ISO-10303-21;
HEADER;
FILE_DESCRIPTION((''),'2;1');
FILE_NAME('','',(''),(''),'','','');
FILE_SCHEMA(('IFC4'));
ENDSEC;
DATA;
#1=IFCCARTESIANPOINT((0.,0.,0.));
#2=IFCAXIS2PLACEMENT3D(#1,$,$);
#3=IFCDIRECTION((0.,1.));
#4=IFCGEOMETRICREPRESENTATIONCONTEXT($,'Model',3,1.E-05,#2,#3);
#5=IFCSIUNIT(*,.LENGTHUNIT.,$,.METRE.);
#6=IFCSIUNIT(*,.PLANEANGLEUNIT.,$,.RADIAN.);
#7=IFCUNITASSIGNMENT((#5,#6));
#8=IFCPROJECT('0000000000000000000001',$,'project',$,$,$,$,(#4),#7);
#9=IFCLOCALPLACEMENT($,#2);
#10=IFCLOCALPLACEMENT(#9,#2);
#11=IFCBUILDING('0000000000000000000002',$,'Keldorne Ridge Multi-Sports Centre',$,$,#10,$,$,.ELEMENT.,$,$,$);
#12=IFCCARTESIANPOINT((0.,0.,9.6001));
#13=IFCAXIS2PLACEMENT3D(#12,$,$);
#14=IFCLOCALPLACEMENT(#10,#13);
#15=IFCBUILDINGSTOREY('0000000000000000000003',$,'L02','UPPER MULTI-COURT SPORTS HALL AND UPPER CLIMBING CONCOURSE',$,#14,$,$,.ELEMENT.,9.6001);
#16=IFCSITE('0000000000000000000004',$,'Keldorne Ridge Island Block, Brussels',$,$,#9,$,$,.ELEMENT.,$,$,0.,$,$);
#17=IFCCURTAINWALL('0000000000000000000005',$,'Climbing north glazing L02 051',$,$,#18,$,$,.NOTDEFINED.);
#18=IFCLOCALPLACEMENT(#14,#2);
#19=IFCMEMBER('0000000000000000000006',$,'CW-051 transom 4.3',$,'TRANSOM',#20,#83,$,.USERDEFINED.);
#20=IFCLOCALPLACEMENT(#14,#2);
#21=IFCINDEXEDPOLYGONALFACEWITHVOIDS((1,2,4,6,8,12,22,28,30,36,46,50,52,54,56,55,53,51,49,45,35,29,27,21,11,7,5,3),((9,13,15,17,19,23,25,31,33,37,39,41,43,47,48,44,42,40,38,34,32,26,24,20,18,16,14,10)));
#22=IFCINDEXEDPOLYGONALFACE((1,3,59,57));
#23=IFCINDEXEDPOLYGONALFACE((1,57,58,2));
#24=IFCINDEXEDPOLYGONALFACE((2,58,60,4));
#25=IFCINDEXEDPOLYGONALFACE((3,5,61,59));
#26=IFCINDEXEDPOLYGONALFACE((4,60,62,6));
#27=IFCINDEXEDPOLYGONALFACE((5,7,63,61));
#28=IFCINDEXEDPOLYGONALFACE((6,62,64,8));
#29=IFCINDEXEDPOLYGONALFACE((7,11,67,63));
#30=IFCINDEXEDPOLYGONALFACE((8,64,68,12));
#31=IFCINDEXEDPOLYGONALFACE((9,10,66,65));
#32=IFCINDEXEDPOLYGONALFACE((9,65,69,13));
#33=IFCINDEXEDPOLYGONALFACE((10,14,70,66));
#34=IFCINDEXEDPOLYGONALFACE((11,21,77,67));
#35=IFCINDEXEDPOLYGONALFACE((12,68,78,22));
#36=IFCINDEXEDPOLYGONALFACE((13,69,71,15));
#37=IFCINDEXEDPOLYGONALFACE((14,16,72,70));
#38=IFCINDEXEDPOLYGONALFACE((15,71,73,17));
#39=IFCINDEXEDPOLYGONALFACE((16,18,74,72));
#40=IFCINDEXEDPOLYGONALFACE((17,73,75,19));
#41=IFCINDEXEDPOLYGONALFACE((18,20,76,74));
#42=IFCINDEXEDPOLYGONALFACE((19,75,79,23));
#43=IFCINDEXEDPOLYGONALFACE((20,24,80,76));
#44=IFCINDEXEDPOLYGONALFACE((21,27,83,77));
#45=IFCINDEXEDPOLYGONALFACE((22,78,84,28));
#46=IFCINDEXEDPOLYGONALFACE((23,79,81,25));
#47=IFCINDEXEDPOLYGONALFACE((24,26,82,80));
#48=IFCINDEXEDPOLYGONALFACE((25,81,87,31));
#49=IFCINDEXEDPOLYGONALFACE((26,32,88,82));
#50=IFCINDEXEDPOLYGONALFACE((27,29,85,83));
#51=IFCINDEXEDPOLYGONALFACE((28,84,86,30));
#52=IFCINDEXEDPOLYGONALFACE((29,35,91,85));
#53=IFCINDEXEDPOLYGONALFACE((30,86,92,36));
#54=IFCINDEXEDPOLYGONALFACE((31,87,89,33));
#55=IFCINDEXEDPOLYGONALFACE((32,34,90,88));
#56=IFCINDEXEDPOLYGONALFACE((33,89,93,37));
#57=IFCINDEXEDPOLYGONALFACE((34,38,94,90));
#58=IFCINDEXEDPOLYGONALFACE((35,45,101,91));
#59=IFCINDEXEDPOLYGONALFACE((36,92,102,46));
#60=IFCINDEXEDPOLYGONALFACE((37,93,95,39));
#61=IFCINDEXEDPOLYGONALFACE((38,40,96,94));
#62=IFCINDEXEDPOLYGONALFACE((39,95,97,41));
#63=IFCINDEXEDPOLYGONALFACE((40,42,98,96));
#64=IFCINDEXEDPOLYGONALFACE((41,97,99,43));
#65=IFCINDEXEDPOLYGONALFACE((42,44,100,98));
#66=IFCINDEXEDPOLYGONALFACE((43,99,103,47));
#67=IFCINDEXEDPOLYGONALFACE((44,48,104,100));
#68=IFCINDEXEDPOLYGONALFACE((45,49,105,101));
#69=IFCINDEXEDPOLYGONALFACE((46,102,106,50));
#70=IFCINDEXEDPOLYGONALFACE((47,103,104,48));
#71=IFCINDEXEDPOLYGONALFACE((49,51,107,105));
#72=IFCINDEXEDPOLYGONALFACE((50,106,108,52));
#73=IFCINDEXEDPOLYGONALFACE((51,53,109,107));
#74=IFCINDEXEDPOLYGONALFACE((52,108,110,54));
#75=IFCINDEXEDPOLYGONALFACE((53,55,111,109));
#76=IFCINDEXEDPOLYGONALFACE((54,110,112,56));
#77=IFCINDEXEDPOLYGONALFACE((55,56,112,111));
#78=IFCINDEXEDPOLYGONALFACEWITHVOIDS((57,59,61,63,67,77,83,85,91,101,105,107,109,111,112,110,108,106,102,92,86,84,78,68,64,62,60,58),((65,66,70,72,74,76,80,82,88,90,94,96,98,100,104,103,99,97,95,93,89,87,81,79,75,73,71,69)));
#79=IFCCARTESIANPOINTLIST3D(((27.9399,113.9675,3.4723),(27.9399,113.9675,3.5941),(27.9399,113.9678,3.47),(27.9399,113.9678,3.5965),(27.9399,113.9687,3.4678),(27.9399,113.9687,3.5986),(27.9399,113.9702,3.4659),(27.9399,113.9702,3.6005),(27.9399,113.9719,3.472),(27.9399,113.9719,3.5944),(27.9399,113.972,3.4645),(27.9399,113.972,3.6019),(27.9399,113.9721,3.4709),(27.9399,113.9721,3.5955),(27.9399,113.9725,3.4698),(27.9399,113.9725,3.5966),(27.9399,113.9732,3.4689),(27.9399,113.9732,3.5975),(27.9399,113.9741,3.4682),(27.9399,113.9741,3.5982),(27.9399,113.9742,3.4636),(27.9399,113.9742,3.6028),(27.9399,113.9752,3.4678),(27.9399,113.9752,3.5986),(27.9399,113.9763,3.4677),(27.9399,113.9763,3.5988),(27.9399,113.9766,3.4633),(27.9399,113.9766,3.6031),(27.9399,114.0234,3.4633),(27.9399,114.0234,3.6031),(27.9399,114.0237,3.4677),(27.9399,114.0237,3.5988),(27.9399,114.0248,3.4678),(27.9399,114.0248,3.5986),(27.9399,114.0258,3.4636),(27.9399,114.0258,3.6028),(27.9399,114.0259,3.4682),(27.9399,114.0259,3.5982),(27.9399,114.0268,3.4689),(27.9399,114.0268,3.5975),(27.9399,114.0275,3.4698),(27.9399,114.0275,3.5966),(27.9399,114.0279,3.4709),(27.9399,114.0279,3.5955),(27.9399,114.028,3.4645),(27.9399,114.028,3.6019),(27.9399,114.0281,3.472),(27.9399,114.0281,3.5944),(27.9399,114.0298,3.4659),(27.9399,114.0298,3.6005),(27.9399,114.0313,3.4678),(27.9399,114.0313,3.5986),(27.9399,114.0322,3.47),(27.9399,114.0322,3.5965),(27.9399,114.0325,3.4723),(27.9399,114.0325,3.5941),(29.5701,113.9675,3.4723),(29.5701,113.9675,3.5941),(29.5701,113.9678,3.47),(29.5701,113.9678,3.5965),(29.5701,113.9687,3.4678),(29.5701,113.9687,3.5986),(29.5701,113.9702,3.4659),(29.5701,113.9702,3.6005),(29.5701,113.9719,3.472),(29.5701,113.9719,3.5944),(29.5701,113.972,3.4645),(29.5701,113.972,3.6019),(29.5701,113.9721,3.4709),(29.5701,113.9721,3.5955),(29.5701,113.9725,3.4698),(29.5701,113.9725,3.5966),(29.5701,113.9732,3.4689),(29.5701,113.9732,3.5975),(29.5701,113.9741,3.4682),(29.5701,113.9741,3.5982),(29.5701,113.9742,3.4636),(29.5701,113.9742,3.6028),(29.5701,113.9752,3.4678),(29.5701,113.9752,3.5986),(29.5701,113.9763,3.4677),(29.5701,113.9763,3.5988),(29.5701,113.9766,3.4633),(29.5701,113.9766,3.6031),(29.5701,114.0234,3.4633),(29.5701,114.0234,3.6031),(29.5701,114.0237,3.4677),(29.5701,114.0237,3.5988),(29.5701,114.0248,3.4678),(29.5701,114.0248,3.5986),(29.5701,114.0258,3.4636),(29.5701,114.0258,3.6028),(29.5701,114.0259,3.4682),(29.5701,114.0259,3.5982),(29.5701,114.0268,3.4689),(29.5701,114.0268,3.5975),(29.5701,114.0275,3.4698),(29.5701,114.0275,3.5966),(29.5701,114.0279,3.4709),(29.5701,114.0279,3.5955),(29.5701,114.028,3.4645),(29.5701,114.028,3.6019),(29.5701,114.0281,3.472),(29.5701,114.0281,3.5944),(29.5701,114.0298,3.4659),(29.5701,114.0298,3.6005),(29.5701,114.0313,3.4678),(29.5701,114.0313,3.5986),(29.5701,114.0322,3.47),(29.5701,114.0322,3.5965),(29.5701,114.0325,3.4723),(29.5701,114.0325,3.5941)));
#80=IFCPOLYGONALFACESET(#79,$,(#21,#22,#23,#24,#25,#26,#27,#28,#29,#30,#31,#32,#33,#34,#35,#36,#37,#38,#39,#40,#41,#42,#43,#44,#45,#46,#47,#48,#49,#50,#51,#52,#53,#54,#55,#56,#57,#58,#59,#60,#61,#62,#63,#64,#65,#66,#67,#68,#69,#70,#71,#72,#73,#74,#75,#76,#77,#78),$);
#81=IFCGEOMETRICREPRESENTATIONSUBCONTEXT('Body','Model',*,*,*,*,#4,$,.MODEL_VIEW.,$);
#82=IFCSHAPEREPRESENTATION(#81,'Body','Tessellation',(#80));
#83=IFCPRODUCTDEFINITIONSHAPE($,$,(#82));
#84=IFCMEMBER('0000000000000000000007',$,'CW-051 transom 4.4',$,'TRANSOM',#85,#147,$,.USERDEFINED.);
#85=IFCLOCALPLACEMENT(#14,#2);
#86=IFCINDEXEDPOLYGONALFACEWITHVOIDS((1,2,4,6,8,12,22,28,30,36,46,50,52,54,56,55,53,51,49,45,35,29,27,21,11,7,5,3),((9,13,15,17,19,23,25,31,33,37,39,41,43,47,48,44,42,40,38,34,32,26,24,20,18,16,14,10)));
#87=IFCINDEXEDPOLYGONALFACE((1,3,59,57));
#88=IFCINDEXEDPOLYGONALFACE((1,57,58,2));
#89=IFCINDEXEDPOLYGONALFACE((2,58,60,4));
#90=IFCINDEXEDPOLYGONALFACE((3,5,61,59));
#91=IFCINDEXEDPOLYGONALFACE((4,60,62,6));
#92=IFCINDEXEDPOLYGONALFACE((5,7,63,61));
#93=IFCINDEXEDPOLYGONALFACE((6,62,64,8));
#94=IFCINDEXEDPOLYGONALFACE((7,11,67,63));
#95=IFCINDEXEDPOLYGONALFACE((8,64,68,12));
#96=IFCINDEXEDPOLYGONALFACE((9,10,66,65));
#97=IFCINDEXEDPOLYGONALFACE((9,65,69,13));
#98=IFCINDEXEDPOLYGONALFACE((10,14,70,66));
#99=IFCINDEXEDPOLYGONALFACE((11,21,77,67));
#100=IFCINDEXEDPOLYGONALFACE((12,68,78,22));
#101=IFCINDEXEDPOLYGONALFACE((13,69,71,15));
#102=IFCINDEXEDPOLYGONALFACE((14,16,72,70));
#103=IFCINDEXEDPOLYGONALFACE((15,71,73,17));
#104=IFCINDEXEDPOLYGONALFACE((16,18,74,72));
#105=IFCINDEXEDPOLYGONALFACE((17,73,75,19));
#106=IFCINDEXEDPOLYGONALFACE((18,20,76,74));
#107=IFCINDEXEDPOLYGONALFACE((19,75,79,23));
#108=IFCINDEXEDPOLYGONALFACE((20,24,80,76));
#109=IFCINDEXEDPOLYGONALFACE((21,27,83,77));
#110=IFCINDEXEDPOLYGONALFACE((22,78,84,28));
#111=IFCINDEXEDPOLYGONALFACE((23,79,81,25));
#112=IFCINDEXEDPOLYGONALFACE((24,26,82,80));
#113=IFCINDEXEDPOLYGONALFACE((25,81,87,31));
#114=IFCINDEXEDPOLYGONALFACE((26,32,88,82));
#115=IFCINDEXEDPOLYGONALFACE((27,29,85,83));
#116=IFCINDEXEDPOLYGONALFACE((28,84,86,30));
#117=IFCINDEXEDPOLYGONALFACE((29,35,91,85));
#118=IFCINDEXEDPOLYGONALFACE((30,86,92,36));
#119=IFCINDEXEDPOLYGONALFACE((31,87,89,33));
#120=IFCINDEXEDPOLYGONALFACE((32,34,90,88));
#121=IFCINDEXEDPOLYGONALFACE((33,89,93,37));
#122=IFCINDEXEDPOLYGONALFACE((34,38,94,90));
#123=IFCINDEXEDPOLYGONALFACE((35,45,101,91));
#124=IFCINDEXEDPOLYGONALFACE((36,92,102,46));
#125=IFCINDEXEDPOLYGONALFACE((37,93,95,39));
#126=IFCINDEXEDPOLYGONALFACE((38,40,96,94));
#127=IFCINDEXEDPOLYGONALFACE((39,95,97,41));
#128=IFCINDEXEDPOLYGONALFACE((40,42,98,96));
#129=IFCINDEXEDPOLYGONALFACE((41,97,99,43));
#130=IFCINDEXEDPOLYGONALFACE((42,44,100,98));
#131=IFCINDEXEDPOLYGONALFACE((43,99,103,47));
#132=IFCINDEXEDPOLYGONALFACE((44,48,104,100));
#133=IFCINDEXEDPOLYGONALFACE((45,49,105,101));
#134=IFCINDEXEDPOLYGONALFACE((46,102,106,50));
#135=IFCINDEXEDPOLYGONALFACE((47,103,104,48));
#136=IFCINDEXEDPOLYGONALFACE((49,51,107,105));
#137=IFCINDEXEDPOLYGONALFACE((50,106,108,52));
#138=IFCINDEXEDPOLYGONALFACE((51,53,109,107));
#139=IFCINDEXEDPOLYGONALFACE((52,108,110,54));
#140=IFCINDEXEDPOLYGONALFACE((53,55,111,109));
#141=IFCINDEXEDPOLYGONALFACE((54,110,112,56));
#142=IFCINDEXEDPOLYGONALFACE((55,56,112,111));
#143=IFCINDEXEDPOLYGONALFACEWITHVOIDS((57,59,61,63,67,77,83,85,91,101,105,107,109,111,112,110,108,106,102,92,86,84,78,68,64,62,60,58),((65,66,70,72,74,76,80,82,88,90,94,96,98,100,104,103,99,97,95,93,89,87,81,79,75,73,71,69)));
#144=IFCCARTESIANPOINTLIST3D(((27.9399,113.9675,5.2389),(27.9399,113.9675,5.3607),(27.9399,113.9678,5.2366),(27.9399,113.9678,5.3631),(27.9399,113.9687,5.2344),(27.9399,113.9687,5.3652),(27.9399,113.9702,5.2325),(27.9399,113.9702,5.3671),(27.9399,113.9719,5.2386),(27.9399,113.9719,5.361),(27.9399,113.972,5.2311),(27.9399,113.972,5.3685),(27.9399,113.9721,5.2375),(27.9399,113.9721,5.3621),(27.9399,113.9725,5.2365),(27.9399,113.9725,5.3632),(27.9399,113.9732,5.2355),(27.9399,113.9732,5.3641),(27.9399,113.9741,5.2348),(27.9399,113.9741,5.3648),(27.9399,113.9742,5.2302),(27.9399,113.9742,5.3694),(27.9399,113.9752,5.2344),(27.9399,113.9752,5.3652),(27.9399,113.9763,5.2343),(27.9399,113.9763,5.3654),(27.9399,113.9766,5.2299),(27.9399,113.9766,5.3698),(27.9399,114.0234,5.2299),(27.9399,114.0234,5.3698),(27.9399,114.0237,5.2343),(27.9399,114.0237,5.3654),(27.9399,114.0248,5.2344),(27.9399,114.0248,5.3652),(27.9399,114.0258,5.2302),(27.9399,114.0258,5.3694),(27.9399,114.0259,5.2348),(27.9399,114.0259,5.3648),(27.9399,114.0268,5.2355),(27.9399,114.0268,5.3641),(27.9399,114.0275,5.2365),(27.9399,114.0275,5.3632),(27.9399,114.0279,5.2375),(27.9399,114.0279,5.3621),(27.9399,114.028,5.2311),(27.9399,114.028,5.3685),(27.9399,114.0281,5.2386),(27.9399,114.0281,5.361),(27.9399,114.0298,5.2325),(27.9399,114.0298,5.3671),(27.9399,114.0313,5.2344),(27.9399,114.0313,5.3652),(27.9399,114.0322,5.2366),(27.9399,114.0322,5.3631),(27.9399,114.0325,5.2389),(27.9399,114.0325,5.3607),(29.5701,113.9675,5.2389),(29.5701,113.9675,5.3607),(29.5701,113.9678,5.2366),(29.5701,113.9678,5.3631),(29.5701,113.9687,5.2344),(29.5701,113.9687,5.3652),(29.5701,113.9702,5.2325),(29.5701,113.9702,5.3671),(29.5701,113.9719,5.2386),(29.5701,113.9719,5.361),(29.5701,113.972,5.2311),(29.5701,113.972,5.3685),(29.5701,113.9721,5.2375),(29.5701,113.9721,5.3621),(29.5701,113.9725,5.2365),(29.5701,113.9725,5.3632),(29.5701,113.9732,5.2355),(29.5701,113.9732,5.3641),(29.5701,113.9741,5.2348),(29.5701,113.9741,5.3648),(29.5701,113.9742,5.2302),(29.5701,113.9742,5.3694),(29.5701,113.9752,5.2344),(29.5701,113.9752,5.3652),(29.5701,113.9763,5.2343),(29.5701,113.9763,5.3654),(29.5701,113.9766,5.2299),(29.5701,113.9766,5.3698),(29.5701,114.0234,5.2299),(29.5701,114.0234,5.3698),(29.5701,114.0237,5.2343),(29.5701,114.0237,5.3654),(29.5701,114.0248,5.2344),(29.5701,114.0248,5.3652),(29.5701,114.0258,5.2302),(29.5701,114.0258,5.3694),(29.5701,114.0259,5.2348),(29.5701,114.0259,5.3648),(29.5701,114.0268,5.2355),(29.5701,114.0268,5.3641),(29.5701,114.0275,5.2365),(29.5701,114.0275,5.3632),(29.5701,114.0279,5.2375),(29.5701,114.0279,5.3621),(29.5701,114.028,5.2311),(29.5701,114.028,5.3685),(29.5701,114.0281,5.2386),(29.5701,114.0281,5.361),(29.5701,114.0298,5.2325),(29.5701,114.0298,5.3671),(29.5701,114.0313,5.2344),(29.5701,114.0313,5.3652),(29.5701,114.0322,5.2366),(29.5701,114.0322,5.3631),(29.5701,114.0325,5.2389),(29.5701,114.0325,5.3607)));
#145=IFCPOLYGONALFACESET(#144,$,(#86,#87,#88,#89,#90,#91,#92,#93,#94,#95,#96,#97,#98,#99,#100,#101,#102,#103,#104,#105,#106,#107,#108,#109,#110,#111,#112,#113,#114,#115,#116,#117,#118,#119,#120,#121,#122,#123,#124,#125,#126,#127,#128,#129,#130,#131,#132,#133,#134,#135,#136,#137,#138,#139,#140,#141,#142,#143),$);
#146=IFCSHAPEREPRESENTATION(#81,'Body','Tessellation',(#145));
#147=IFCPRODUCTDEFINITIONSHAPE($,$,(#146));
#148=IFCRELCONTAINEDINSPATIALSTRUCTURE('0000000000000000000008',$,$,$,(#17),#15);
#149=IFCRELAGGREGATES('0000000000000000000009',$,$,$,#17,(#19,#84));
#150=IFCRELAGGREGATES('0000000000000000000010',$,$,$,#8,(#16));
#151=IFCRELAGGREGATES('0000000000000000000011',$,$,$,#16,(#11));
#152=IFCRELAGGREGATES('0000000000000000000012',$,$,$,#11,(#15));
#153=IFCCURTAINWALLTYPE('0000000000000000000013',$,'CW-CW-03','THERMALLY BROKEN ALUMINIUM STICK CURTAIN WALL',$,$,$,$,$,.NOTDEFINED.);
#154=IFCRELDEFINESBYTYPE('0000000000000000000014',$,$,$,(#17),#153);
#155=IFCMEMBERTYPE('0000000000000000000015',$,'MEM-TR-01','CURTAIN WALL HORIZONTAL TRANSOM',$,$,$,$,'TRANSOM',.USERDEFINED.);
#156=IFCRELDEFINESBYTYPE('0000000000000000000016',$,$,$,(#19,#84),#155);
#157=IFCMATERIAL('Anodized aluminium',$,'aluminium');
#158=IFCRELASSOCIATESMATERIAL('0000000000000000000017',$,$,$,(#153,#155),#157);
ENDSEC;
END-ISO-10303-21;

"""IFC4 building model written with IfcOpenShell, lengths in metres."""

from ifc_helpers import new_model, si_unit, direction, frame, origin, origin_2d, place, context, subcontext, project, spatial, hollow_rectangle, extrude, material, material_profile, profile_set, type_object, element, aggregate, save


model = new_model("IFC4")

# Units and contexts
model_context = context("Model", 3, precision=1e-05, world=origin(), true_north=direction((0.0, 1.0)))
body_context = subcontext(model_context, "Body", "Model", "MODEL_VIEW")
ifc_project = project(units=[si_unit("LENGTHUNIT", "METRE"), si_unit("PLANEANGLEUNIT", "RADIAN")], contexts=[model_context])

# Site, building, storey
site_placement = place(None, origin())
site = spatial("IfcSite", under=ifc_project, at=site_placement, Name="Keldorne Ridge Island Block, Brussels", CompositionType="ELEMENT", RefElevation=0.0)
building_placement = place(site_placement, origin())
building = spatial("IfcBuilding", under=site, at=building_placement, Name="Keldorne Ridge Multi-Sports Centre", CompositionType="ELEMENT")
storey_placement = place(building_placement, frame((0.0, 0.0, 9.6001)))
storey = spatial("IfcBuildingStorey", under=building, at=storey_placement, Name="L02", Description="UPPER MULTI-COURT SPORTS HALL AND UPPER CLIMBING CONCOURSE", CompositionType="ELEMENT", Elevation=9.6001)

# Curtain wall
ifc_material_1 = material(Name="Anodized aluminium", Category="aluminium")
curtain_wall_type = type_object("IfcCurtainWallType", Name="CW-CW-03", Description="THERMALLY BROKEN ALUMINIUM STICK CURTAIN WALL", PredefinedType="NOTDEFINED", material=ifc_material_1)
curtain_wall_placement = place(storey_placement, origin())
curtain_wall = element("IfcCurtainWall", 1, at=curtain_wall_placement, inside=storey, type_object=curtain_wall_type, Name="Climbing north glazing L02 051", PredefinedType="NOTDEFINED")

# Members
ifc_material_profile_1 = material_profile(ifc_material_1, hollow_rectangle(XDim=0.0649, YDim=0.1399, WallThickness=0.0044, InnerFilletRadius=0.0044, OuterFilletRadius=0.009, at=origin_2d()), Name="ALU TRANSOM 140x65x4.5")
ifc_profile_set_1 = profile_set([ifc_material_profile_1], Name="Anodized aluminium")
member_type_1 = type_object("IfcMemberType", Name="MEM-TR-01", Description="CURTAIN WALL HORIZONTAL TRANSOM", ElementType="TRANSOM", PredefinedType="USERDEFINED", material=ifc_profile_set_1)
member_1_placement = place(storey_placement, frame((29.5701, 114.0, 3.5332), z_axis=(-1.0, 0.0, 0.0), x_axis=(0.0, -1.0, 0.0)))
member_1 = element("IfcMember", 2, at=member_1_placement, type_object=member_type_1, Name="CW-051 transom 4.3", ObjectType="TRANSOM", PredefinedType="USERDEFINED", context=body_context, shape_type="SweptSolid", body=[
    extrude(hollow_rectangle(XDim=0.0649, YDim=0.1399, WallThickness=0.0044, InnerFilletRadius=0.0044, OuterFilletRadius=0.009, at=origin_2d()), origin(), (0.0, 0.0, 1.0), 1.6301),
])
member_2_placement = place(storey_placement, frame((29.5701, 114.0, 5.2998), z_axis=(-1.0, 0.0, 0.0), x_axis=(0.0, -1.0, 0.0)))
member_2 = element("IfcMember", 3, at=member_2_placement, type_object=member_type_1, Name="CW-051 transom 4.4", ObjectType="TRANSOM", PredefinedType="USERDEFINED", context=body_context, shape_type="SweptSolid", body=[
    extrude(hollow_rectangle(XDim=0.0649, YDim=0.1399, WallThickness=0.0044, InnerFilletRadius=0.0044, OuterFilletRadius=0.009, at=origin_2d()), origin(), (0.0, 0.0, 1.0), 1.6301),
])

aggregate(curtain_wall, [member_1, member_2])

save(model, "model.ifc")
